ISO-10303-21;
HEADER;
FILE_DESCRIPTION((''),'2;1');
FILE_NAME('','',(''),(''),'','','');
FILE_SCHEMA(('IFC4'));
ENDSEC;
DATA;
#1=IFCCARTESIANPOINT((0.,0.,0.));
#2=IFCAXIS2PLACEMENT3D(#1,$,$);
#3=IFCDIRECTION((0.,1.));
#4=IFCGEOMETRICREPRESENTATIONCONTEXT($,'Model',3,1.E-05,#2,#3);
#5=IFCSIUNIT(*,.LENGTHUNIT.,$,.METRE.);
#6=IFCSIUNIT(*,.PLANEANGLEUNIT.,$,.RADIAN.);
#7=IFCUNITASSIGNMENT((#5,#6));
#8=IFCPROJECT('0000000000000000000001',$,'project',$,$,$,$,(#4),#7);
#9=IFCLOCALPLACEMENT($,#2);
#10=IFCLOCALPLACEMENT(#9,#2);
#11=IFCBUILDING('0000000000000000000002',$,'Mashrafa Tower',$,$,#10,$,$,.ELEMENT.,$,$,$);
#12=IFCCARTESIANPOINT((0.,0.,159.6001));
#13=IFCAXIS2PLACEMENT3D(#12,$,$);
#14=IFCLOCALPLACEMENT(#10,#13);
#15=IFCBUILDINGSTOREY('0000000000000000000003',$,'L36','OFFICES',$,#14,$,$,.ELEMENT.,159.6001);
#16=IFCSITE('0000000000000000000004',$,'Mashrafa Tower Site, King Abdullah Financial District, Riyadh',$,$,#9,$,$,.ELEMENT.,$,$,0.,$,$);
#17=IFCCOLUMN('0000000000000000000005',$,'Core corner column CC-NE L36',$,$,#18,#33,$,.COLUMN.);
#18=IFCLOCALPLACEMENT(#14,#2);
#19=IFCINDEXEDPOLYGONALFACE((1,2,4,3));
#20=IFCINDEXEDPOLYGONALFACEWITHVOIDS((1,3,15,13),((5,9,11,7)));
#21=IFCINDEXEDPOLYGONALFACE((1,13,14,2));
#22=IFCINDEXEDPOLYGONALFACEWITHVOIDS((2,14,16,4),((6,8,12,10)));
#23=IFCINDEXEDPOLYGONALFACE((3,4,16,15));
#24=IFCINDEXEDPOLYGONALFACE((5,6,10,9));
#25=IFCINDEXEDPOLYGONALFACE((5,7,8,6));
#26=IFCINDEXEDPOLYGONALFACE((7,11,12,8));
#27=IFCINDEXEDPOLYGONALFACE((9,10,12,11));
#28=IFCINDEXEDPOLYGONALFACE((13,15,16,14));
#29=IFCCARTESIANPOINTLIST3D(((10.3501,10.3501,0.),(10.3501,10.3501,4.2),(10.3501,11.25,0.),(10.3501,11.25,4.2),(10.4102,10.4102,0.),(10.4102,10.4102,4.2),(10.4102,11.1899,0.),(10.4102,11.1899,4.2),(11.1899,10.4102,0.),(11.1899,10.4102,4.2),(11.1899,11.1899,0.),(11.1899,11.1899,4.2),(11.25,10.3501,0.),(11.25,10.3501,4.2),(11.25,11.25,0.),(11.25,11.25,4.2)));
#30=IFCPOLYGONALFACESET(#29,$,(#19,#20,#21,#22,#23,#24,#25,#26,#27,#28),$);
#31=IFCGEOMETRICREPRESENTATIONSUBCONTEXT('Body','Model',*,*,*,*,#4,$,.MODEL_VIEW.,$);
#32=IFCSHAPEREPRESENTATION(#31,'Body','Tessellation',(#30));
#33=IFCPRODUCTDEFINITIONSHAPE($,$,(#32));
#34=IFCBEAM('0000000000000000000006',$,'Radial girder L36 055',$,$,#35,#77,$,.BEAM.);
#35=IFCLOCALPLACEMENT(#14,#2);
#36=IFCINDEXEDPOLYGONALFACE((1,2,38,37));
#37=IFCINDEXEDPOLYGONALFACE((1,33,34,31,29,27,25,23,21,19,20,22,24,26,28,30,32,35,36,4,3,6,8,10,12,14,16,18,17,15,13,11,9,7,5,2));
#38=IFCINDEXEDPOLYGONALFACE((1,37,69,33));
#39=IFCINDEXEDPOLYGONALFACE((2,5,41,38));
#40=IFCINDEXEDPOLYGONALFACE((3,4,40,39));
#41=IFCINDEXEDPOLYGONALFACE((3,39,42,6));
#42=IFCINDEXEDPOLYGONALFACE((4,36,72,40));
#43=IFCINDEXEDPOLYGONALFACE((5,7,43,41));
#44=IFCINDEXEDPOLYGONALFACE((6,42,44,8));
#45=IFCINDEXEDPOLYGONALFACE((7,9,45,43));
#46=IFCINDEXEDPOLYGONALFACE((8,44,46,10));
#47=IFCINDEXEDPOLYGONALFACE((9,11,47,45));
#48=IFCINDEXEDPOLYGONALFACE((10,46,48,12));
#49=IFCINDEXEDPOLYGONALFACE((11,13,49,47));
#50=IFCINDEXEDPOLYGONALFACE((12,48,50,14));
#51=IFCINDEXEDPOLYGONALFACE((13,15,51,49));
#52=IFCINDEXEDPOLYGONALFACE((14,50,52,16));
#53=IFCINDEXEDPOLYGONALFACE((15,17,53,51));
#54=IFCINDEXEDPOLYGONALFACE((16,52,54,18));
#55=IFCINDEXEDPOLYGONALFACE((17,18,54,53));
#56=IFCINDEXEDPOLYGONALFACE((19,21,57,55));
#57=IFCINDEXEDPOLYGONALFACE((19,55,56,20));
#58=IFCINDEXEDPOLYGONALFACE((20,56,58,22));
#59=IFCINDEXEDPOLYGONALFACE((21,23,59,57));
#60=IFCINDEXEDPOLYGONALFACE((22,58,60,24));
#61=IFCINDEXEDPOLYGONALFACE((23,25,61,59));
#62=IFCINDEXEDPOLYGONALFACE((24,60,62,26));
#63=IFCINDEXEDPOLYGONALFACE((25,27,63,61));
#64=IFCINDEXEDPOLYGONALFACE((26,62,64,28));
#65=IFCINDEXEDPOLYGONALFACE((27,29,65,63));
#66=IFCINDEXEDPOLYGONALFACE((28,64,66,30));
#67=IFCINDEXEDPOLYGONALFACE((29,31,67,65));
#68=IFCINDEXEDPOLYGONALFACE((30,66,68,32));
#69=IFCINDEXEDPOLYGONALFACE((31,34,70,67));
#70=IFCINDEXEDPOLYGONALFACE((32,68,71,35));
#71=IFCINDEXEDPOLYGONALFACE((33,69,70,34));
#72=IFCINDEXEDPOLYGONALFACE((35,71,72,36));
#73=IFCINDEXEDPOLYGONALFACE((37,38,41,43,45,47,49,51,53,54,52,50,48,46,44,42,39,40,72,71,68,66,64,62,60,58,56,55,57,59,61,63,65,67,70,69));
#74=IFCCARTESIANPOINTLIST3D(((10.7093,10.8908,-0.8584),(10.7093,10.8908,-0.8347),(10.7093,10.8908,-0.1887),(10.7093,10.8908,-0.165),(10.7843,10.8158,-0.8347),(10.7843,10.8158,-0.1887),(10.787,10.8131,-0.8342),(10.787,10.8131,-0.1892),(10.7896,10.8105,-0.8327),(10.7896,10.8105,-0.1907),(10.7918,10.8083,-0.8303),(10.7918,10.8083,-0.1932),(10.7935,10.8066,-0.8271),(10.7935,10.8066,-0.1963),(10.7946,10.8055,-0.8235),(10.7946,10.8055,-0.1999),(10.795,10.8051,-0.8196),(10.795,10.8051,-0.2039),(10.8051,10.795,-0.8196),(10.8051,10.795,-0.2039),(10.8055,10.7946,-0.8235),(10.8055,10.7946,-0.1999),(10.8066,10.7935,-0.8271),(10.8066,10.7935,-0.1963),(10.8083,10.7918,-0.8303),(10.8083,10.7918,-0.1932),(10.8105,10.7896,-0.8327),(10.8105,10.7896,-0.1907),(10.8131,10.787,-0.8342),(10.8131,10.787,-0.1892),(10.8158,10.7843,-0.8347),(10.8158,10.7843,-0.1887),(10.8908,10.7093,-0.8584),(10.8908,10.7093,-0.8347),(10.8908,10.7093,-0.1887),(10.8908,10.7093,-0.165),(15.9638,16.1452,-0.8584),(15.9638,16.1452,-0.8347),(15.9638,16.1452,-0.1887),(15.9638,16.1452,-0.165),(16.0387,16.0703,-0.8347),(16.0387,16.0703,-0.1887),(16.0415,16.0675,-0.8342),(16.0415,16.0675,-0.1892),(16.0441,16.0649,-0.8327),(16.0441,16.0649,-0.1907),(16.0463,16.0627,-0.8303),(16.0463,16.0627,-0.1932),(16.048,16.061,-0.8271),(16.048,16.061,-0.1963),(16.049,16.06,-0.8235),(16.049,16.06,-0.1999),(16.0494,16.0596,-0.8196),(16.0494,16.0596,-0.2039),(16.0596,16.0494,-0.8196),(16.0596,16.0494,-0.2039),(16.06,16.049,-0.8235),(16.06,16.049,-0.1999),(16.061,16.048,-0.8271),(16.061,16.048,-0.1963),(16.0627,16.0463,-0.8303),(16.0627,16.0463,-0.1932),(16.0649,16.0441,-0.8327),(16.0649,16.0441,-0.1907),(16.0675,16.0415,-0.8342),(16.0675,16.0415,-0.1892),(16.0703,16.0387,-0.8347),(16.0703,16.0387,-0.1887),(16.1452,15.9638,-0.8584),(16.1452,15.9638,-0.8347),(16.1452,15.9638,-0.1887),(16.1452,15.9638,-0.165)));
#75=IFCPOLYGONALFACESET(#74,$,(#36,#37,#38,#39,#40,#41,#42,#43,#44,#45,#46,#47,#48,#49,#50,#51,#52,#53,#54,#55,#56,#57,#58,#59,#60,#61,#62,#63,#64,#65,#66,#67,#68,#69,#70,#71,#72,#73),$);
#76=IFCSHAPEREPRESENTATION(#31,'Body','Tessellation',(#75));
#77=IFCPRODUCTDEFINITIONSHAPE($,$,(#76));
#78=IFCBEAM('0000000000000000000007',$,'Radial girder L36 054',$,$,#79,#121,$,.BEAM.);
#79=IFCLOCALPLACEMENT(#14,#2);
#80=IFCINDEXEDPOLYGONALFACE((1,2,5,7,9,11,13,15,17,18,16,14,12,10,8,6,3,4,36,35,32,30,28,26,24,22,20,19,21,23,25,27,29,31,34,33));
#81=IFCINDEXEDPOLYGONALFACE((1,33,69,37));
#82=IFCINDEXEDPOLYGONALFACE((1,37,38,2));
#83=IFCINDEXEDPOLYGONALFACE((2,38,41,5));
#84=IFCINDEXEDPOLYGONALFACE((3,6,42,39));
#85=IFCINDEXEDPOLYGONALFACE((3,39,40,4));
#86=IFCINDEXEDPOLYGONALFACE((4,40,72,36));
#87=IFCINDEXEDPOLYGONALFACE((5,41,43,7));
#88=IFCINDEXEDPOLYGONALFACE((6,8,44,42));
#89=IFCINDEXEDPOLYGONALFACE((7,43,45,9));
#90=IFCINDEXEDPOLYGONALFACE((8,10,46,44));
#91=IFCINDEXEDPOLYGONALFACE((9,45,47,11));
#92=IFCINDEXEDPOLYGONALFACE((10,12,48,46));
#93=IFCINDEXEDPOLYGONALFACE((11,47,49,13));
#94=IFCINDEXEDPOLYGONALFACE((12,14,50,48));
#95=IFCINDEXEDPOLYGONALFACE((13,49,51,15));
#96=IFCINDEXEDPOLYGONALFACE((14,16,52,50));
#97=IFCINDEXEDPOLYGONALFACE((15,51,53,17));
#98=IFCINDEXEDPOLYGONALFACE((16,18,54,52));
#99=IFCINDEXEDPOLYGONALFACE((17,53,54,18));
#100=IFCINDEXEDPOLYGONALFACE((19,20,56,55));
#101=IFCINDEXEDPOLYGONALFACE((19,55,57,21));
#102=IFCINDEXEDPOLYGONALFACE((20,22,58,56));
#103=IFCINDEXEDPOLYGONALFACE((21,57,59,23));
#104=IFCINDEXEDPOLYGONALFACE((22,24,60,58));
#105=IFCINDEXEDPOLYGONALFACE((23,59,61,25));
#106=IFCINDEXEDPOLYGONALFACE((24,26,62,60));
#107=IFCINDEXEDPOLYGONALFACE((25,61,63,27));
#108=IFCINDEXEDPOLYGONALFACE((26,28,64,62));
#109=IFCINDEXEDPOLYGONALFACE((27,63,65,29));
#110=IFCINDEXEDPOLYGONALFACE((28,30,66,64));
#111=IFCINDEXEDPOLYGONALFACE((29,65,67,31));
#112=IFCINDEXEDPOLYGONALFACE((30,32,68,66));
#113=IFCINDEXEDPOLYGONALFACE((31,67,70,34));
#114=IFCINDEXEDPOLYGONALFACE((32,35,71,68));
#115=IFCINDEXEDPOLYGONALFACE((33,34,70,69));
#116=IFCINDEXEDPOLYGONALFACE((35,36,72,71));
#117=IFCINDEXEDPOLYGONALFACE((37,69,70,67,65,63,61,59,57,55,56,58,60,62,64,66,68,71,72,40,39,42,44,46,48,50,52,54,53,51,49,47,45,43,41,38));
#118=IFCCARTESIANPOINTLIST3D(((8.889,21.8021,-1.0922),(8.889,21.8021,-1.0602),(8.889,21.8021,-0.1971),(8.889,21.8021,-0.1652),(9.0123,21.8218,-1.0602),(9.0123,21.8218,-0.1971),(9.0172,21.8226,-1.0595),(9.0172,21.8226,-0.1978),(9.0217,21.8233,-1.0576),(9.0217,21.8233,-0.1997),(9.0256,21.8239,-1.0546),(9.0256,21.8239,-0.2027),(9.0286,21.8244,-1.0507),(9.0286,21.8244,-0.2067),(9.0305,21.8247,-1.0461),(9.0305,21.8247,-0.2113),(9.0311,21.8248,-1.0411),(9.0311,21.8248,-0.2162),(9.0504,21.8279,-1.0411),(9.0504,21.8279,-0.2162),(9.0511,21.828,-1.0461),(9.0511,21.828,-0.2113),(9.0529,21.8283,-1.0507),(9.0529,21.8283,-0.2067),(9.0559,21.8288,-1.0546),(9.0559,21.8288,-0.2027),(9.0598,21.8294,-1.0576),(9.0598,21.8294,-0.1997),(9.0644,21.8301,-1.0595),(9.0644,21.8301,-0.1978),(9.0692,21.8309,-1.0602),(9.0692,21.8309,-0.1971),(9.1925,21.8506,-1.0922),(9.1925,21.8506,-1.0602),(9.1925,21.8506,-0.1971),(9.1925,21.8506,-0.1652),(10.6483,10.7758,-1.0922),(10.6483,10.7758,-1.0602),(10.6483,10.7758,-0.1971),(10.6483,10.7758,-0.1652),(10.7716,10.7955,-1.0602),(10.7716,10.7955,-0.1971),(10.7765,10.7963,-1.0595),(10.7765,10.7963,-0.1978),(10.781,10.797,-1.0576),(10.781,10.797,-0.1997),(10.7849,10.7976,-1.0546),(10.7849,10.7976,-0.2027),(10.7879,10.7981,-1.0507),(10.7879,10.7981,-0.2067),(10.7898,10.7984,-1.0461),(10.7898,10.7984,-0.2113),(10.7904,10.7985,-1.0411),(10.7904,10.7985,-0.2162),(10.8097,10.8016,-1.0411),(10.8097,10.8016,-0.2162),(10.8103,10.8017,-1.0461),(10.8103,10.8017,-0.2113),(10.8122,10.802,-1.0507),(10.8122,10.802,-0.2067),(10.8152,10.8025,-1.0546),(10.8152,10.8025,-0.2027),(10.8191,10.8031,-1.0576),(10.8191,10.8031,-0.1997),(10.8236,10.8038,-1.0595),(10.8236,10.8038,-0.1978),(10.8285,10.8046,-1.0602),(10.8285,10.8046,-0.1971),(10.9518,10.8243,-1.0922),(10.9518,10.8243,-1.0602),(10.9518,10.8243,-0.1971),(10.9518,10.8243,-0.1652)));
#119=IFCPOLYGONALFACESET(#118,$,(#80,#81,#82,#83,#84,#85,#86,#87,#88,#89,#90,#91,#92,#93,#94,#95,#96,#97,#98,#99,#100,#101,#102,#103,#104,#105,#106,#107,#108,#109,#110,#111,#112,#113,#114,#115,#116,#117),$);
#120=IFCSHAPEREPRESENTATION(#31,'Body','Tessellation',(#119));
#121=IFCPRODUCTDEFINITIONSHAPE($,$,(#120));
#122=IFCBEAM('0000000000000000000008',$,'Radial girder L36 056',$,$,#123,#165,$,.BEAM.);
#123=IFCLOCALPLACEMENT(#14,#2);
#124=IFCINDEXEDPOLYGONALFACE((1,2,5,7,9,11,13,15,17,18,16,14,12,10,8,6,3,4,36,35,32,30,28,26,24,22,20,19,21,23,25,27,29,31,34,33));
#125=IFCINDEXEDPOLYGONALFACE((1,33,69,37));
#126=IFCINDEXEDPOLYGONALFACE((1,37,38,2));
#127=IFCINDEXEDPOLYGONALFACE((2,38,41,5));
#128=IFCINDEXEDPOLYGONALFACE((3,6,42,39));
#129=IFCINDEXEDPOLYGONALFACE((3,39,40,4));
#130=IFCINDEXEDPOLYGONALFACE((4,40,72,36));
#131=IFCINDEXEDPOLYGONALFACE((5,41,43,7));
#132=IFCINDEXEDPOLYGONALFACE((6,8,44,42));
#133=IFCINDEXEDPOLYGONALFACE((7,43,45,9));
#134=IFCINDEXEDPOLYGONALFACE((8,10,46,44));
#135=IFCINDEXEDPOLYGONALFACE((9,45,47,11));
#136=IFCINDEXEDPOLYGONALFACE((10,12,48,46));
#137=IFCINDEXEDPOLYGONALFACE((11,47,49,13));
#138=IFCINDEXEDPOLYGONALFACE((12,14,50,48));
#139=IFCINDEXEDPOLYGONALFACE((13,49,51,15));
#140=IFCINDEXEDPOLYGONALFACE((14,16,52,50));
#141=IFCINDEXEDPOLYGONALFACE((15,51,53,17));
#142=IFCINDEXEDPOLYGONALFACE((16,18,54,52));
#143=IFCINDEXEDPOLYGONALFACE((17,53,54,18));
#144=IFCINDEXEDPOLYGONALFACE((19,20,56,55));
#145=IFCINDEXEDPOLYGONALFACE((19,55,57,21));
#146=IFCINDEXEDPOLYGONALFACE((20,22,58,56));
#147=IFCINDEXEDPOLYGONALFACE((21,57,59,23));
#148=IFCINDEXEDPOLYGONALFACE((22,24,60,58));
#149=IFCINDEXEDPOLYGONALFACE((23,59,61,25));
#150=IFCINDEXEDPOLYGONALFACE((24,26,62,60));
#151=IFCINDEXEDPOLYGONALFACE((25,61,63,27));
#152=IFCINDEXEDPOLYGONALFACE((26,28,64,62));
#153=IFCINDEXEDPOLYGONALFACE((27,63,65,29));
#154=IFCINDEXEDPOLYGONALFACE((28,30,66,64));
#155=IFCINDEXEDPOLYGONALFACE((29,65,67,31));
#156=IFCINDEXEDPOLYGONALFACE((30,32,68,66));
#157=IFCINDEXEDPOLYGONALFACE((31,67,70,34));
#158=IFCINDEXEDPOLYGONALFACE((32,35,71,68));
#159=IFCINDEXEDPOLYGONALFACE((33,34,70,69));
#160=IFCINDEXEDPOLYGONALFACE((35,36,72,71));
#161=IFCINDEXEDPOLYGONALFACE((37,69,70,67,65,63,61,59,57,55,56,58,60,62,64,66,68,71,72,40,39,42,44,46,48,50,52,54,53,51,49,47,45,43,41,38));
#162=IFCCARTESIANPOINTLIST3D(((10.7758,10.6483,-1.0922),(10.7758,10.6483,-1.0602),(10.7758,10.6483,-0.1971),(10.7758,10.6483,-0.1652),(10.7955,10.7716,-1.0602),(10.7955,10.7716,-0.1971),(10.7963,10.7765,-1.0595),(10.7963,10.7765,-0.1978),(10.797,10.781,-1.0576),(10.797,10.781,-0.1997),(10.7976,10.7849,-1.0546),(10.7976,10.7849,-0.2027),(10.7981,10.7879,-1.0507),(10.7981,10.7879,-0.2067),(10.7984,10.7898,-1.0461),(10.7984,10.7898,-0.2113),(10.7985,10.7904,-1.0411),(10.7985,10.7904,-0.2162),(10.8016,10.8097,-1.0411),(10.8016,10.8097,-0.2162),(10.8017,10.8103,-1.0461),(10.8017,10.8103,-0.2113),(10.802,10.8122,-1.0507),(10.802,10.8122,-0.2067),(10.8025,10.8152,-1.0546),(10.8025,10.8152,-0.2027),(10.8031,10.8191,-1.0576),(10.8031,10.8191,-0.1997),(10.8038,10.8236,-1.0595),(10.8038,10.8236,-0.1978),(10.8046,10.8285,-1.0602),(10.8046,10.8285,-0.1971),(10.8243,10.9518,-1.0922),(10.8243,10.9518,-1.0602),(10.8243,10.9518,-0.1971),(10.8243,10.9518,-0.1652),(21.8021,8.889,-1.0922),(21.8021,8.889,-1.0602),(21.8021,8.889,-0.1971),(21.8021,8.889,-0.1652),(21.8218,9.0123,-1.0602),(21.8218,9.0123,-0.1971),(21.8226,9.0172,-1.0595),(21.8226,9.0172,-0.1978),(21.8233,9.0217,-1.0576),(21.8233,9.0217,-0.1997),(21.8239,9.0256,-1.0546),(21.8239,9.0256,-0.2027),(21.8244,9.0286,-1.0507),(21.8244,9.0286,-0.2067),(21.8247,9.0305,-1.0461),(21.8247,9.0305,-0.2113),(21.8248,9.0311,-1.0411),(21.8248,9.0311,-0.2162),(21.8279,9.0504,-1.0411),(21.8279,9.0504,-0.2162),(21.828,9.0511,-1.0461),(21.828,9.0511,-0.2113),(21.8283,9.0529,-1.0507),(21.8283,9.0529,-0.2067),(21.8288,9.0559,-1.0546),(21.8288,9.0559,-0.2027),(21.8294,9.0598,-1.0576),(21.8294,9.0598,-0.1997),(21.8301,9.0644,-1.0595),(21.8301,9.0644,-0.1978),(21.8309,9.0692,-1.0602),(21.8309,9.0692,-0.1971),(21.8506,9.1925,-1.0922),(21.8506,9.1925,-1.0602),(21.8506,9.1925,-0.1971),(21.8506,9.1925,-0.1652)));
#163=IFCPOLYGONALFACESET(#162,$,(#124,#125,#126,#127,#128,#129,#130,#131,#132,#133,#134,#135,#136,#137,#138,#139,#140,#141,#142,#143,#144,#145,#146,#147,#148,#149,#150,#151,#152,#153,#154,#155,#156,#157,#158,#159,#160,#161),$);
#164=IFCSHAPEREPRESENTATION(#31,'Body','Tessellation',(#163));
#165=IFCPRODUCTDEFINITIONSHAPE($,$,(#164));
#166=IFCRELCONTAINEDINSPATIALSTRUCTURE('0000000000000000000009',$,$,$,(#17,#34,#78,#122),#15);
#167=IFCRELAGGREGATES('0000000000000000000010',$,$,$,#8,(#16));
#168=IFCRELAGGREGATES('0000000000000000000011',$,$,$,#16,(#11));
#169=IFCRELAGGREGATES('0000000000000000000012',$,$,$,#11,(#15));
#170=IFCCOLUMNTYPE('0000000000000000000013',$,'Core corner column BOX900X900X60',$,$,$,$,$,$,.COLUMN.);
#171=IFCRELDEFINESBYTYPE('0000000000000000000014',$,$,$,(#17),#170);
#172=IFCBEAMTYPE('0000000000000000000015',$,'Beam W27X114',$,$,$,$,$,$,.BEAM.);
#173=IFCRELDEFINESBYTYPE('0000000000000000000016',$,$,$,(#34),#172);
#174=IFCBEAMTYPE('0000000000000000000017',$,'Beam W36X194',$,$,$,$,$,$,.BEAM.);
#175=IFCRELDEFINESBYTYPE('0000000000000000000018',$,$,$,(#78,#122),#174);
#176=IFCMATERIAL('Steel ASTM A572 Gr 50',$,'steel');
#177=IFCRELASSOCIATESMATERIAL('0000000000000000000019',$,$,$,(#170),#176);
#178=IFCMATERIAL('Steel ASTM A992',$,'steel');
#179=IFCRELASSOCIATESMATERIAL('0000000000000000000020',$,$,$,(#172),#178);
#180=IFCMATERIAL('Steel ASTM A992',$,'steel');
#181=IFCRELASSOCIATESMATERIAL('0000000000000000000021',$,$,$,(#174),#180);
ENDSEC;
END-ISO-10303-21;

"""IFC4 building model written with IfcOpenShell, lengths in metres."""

from ifc_helpers import new_model, si_unit, direction, frame, origin, origin_2d, place, context, subcontext, project, spatial, hollow_rectangle, i_section, extrude, material, material_profile, profile_set, type_object, element, save


model = new_model("IFC4")

# Units and contexts
model_context = context("Model", 3, precision=1e-05, world=origin(), true_north=direction((0.0, 1.0)))
body_context = subcontext(model_context, "Body", "Model", "MODEL_VIEW")
ifc_project = project(units=[si_unit("LENGTHUNIT", "METRE"), si_unit("PLANEANGLEUNIT", "RADIAN")], contexts=[model_context])

# Site, building, storey
site_placement = place(None, origin())
site = spatial("IfcSite", under=ifc_project, at=site_placement, Name="Mashrafa Tower Site, King Abdullah Financial District, Riyadh", CompositionType="ELEMENT", RefElevation=0.0)
building_placement = place(site_placement, origin())
building = spatial("IfcBuilding", under=site, at=building_placement, Name="Mashrafa Tower", CompositionType="ELEMENT")
storey_placement = place(building_placement, frame((0.0, 0.0, 159.6001)))
storey = spatial("IfcBuildingStorey", under=building, at=storey_placement, Name="L36", Description="OFFICES", CompositionType="ELEMENT", Elevation=159.6001)

# Column
ifc_material_1 = material(Name="Steel ASTM A572 Gr 50", Category="steel")
ifc_material_profile_1 = material_profile(ifc_material_1, hollow_rectangle(XDim=0.8999, YDim=0.8999, WallThickness=0.0601, at=origin_2d()), Name="BOX900X900X60")
ifc_profile_set_1 = profile_set([ifc_material_profile_1], Name="Steel ASTM A572 Gr 50")
column_type = type_object("IfcColumnType", Name="Core corner column BOX900X900X60", PredefinedType="COLUMN", material=ifc_profile_set_1)
column_placement = place(storey_placement, frame((10.8, 10.8, 0.0), z_axis=(0.0, 0.0, 1.0), x_axis=(1.0, 0.0, 0.0)))
element("IfcColumn", 1, at=column_placement, inside=storey, type_object=column_type, Name="Core corner column CC-NE L36", PredefinedType="COLUMN", context=body_context, shape_type="SweptSolid", body=[
    extrude(hollow_rectangle(XDim=0.8999, YDim=0.8999, WallThickness=0.0601, at=origin_2d()), origin(), (0.0, 0.0, 1.0), 4.2),
])

# Beams
ifc_material_2 = material(Name="Steel ASTM A992", Category="steel")
ifc_material_profile_2 = material_profile(ifc_material_2, i_section(OverallWidth=0.2566, OverallDepth=0.6934, WebThickness=0.0144, FlangeThickness=0.0237, FilletRadius=0.0151, at=origin_2d()), Name="W27X114")
ifc_profile_set_2 = profile_set([ifc_material_profile_2], Name="Steel ASTM A992")
beam_type_1 = type_object("IfcBeamType", Name="Beam W27X114", PredefinedType="BEAM", material=ifc_profile_set_2)
beam_1_placement = place(storey_placement, frame((10.8, 10.8, -0.5117), z_axis=(0.707107, 0.707107, 0.0), x_axis=(-0.707107, 0.707107, 0.0)))
element("IfcBeam", 2, at=beam_1_placement, inside=storey, type_object=beam_type_1, Name="Radial girder L36 055", PredefinedType="BEAM", context=body_context, shape_type="SweptSolid", body=[
    extrude(i_section(OverallWidth=0.2566, OverallDepth=0.6934, WebThickness=0.0144, FlangeThickness=0.0237, FilletRadius=0.0151, at=origin_2d()), origin(), (0.0, 0.0, 1.0), 7.4309),
])
ifc_material_3 = material(Name="Steel ASTM A992", Category="steel")
ifc_material_profile_3 = material_profile(ifc_material_3, i_section(OverallWidth=0.3074, OverallDepth=0.927, WebThickness=0.0195, FlangeThickness=0.032, FilletRadius=0.019, at=origin_2d()), Name="W36X194")
ifc_profile_set_3 = profile_set([ifc_material_profile_3], Name="Steel ASTM A992")
beam_type_2 = type_object("IfcBeamType", Name="Beam W36X194", PredefinedType="BEAM", material=ifc_profile_set_3)
for number, where, z_axis, x_axis, name in (
    (3, (10.8, 10.8, -0.6287), (-0.157559, 0.98751, 0.0), (-0.98751, -0.157559, 0.0), "Radial girder L36 054"),
    (4, (10.8, 10.8, -0.6287), (0.98751, -0.157559, 0.0), (0.157559, 0.98751, 0.0), "Radial girder L36 056"),
):
    element("IfcBeam", number, at=place(storey_placement, frame(where, z_axis=z_axis, x_axis=x_axis)), inside=storey, type_object=beam_type_2, Name=name, PredefinedType="BEAM", context=body_context, shape_type="SweptSolid", body=[
        extrude(i_section(OverallWidth=0.3074, OverallDepth=0.927, WebThickness=0.0195, FlangeThickness=0.032, FilletRadius=0.019, at=origin_2d()), origin(), (0.0, 0.0, 1.0), 11.1658),
    ])

save(model, "model.ifc")
